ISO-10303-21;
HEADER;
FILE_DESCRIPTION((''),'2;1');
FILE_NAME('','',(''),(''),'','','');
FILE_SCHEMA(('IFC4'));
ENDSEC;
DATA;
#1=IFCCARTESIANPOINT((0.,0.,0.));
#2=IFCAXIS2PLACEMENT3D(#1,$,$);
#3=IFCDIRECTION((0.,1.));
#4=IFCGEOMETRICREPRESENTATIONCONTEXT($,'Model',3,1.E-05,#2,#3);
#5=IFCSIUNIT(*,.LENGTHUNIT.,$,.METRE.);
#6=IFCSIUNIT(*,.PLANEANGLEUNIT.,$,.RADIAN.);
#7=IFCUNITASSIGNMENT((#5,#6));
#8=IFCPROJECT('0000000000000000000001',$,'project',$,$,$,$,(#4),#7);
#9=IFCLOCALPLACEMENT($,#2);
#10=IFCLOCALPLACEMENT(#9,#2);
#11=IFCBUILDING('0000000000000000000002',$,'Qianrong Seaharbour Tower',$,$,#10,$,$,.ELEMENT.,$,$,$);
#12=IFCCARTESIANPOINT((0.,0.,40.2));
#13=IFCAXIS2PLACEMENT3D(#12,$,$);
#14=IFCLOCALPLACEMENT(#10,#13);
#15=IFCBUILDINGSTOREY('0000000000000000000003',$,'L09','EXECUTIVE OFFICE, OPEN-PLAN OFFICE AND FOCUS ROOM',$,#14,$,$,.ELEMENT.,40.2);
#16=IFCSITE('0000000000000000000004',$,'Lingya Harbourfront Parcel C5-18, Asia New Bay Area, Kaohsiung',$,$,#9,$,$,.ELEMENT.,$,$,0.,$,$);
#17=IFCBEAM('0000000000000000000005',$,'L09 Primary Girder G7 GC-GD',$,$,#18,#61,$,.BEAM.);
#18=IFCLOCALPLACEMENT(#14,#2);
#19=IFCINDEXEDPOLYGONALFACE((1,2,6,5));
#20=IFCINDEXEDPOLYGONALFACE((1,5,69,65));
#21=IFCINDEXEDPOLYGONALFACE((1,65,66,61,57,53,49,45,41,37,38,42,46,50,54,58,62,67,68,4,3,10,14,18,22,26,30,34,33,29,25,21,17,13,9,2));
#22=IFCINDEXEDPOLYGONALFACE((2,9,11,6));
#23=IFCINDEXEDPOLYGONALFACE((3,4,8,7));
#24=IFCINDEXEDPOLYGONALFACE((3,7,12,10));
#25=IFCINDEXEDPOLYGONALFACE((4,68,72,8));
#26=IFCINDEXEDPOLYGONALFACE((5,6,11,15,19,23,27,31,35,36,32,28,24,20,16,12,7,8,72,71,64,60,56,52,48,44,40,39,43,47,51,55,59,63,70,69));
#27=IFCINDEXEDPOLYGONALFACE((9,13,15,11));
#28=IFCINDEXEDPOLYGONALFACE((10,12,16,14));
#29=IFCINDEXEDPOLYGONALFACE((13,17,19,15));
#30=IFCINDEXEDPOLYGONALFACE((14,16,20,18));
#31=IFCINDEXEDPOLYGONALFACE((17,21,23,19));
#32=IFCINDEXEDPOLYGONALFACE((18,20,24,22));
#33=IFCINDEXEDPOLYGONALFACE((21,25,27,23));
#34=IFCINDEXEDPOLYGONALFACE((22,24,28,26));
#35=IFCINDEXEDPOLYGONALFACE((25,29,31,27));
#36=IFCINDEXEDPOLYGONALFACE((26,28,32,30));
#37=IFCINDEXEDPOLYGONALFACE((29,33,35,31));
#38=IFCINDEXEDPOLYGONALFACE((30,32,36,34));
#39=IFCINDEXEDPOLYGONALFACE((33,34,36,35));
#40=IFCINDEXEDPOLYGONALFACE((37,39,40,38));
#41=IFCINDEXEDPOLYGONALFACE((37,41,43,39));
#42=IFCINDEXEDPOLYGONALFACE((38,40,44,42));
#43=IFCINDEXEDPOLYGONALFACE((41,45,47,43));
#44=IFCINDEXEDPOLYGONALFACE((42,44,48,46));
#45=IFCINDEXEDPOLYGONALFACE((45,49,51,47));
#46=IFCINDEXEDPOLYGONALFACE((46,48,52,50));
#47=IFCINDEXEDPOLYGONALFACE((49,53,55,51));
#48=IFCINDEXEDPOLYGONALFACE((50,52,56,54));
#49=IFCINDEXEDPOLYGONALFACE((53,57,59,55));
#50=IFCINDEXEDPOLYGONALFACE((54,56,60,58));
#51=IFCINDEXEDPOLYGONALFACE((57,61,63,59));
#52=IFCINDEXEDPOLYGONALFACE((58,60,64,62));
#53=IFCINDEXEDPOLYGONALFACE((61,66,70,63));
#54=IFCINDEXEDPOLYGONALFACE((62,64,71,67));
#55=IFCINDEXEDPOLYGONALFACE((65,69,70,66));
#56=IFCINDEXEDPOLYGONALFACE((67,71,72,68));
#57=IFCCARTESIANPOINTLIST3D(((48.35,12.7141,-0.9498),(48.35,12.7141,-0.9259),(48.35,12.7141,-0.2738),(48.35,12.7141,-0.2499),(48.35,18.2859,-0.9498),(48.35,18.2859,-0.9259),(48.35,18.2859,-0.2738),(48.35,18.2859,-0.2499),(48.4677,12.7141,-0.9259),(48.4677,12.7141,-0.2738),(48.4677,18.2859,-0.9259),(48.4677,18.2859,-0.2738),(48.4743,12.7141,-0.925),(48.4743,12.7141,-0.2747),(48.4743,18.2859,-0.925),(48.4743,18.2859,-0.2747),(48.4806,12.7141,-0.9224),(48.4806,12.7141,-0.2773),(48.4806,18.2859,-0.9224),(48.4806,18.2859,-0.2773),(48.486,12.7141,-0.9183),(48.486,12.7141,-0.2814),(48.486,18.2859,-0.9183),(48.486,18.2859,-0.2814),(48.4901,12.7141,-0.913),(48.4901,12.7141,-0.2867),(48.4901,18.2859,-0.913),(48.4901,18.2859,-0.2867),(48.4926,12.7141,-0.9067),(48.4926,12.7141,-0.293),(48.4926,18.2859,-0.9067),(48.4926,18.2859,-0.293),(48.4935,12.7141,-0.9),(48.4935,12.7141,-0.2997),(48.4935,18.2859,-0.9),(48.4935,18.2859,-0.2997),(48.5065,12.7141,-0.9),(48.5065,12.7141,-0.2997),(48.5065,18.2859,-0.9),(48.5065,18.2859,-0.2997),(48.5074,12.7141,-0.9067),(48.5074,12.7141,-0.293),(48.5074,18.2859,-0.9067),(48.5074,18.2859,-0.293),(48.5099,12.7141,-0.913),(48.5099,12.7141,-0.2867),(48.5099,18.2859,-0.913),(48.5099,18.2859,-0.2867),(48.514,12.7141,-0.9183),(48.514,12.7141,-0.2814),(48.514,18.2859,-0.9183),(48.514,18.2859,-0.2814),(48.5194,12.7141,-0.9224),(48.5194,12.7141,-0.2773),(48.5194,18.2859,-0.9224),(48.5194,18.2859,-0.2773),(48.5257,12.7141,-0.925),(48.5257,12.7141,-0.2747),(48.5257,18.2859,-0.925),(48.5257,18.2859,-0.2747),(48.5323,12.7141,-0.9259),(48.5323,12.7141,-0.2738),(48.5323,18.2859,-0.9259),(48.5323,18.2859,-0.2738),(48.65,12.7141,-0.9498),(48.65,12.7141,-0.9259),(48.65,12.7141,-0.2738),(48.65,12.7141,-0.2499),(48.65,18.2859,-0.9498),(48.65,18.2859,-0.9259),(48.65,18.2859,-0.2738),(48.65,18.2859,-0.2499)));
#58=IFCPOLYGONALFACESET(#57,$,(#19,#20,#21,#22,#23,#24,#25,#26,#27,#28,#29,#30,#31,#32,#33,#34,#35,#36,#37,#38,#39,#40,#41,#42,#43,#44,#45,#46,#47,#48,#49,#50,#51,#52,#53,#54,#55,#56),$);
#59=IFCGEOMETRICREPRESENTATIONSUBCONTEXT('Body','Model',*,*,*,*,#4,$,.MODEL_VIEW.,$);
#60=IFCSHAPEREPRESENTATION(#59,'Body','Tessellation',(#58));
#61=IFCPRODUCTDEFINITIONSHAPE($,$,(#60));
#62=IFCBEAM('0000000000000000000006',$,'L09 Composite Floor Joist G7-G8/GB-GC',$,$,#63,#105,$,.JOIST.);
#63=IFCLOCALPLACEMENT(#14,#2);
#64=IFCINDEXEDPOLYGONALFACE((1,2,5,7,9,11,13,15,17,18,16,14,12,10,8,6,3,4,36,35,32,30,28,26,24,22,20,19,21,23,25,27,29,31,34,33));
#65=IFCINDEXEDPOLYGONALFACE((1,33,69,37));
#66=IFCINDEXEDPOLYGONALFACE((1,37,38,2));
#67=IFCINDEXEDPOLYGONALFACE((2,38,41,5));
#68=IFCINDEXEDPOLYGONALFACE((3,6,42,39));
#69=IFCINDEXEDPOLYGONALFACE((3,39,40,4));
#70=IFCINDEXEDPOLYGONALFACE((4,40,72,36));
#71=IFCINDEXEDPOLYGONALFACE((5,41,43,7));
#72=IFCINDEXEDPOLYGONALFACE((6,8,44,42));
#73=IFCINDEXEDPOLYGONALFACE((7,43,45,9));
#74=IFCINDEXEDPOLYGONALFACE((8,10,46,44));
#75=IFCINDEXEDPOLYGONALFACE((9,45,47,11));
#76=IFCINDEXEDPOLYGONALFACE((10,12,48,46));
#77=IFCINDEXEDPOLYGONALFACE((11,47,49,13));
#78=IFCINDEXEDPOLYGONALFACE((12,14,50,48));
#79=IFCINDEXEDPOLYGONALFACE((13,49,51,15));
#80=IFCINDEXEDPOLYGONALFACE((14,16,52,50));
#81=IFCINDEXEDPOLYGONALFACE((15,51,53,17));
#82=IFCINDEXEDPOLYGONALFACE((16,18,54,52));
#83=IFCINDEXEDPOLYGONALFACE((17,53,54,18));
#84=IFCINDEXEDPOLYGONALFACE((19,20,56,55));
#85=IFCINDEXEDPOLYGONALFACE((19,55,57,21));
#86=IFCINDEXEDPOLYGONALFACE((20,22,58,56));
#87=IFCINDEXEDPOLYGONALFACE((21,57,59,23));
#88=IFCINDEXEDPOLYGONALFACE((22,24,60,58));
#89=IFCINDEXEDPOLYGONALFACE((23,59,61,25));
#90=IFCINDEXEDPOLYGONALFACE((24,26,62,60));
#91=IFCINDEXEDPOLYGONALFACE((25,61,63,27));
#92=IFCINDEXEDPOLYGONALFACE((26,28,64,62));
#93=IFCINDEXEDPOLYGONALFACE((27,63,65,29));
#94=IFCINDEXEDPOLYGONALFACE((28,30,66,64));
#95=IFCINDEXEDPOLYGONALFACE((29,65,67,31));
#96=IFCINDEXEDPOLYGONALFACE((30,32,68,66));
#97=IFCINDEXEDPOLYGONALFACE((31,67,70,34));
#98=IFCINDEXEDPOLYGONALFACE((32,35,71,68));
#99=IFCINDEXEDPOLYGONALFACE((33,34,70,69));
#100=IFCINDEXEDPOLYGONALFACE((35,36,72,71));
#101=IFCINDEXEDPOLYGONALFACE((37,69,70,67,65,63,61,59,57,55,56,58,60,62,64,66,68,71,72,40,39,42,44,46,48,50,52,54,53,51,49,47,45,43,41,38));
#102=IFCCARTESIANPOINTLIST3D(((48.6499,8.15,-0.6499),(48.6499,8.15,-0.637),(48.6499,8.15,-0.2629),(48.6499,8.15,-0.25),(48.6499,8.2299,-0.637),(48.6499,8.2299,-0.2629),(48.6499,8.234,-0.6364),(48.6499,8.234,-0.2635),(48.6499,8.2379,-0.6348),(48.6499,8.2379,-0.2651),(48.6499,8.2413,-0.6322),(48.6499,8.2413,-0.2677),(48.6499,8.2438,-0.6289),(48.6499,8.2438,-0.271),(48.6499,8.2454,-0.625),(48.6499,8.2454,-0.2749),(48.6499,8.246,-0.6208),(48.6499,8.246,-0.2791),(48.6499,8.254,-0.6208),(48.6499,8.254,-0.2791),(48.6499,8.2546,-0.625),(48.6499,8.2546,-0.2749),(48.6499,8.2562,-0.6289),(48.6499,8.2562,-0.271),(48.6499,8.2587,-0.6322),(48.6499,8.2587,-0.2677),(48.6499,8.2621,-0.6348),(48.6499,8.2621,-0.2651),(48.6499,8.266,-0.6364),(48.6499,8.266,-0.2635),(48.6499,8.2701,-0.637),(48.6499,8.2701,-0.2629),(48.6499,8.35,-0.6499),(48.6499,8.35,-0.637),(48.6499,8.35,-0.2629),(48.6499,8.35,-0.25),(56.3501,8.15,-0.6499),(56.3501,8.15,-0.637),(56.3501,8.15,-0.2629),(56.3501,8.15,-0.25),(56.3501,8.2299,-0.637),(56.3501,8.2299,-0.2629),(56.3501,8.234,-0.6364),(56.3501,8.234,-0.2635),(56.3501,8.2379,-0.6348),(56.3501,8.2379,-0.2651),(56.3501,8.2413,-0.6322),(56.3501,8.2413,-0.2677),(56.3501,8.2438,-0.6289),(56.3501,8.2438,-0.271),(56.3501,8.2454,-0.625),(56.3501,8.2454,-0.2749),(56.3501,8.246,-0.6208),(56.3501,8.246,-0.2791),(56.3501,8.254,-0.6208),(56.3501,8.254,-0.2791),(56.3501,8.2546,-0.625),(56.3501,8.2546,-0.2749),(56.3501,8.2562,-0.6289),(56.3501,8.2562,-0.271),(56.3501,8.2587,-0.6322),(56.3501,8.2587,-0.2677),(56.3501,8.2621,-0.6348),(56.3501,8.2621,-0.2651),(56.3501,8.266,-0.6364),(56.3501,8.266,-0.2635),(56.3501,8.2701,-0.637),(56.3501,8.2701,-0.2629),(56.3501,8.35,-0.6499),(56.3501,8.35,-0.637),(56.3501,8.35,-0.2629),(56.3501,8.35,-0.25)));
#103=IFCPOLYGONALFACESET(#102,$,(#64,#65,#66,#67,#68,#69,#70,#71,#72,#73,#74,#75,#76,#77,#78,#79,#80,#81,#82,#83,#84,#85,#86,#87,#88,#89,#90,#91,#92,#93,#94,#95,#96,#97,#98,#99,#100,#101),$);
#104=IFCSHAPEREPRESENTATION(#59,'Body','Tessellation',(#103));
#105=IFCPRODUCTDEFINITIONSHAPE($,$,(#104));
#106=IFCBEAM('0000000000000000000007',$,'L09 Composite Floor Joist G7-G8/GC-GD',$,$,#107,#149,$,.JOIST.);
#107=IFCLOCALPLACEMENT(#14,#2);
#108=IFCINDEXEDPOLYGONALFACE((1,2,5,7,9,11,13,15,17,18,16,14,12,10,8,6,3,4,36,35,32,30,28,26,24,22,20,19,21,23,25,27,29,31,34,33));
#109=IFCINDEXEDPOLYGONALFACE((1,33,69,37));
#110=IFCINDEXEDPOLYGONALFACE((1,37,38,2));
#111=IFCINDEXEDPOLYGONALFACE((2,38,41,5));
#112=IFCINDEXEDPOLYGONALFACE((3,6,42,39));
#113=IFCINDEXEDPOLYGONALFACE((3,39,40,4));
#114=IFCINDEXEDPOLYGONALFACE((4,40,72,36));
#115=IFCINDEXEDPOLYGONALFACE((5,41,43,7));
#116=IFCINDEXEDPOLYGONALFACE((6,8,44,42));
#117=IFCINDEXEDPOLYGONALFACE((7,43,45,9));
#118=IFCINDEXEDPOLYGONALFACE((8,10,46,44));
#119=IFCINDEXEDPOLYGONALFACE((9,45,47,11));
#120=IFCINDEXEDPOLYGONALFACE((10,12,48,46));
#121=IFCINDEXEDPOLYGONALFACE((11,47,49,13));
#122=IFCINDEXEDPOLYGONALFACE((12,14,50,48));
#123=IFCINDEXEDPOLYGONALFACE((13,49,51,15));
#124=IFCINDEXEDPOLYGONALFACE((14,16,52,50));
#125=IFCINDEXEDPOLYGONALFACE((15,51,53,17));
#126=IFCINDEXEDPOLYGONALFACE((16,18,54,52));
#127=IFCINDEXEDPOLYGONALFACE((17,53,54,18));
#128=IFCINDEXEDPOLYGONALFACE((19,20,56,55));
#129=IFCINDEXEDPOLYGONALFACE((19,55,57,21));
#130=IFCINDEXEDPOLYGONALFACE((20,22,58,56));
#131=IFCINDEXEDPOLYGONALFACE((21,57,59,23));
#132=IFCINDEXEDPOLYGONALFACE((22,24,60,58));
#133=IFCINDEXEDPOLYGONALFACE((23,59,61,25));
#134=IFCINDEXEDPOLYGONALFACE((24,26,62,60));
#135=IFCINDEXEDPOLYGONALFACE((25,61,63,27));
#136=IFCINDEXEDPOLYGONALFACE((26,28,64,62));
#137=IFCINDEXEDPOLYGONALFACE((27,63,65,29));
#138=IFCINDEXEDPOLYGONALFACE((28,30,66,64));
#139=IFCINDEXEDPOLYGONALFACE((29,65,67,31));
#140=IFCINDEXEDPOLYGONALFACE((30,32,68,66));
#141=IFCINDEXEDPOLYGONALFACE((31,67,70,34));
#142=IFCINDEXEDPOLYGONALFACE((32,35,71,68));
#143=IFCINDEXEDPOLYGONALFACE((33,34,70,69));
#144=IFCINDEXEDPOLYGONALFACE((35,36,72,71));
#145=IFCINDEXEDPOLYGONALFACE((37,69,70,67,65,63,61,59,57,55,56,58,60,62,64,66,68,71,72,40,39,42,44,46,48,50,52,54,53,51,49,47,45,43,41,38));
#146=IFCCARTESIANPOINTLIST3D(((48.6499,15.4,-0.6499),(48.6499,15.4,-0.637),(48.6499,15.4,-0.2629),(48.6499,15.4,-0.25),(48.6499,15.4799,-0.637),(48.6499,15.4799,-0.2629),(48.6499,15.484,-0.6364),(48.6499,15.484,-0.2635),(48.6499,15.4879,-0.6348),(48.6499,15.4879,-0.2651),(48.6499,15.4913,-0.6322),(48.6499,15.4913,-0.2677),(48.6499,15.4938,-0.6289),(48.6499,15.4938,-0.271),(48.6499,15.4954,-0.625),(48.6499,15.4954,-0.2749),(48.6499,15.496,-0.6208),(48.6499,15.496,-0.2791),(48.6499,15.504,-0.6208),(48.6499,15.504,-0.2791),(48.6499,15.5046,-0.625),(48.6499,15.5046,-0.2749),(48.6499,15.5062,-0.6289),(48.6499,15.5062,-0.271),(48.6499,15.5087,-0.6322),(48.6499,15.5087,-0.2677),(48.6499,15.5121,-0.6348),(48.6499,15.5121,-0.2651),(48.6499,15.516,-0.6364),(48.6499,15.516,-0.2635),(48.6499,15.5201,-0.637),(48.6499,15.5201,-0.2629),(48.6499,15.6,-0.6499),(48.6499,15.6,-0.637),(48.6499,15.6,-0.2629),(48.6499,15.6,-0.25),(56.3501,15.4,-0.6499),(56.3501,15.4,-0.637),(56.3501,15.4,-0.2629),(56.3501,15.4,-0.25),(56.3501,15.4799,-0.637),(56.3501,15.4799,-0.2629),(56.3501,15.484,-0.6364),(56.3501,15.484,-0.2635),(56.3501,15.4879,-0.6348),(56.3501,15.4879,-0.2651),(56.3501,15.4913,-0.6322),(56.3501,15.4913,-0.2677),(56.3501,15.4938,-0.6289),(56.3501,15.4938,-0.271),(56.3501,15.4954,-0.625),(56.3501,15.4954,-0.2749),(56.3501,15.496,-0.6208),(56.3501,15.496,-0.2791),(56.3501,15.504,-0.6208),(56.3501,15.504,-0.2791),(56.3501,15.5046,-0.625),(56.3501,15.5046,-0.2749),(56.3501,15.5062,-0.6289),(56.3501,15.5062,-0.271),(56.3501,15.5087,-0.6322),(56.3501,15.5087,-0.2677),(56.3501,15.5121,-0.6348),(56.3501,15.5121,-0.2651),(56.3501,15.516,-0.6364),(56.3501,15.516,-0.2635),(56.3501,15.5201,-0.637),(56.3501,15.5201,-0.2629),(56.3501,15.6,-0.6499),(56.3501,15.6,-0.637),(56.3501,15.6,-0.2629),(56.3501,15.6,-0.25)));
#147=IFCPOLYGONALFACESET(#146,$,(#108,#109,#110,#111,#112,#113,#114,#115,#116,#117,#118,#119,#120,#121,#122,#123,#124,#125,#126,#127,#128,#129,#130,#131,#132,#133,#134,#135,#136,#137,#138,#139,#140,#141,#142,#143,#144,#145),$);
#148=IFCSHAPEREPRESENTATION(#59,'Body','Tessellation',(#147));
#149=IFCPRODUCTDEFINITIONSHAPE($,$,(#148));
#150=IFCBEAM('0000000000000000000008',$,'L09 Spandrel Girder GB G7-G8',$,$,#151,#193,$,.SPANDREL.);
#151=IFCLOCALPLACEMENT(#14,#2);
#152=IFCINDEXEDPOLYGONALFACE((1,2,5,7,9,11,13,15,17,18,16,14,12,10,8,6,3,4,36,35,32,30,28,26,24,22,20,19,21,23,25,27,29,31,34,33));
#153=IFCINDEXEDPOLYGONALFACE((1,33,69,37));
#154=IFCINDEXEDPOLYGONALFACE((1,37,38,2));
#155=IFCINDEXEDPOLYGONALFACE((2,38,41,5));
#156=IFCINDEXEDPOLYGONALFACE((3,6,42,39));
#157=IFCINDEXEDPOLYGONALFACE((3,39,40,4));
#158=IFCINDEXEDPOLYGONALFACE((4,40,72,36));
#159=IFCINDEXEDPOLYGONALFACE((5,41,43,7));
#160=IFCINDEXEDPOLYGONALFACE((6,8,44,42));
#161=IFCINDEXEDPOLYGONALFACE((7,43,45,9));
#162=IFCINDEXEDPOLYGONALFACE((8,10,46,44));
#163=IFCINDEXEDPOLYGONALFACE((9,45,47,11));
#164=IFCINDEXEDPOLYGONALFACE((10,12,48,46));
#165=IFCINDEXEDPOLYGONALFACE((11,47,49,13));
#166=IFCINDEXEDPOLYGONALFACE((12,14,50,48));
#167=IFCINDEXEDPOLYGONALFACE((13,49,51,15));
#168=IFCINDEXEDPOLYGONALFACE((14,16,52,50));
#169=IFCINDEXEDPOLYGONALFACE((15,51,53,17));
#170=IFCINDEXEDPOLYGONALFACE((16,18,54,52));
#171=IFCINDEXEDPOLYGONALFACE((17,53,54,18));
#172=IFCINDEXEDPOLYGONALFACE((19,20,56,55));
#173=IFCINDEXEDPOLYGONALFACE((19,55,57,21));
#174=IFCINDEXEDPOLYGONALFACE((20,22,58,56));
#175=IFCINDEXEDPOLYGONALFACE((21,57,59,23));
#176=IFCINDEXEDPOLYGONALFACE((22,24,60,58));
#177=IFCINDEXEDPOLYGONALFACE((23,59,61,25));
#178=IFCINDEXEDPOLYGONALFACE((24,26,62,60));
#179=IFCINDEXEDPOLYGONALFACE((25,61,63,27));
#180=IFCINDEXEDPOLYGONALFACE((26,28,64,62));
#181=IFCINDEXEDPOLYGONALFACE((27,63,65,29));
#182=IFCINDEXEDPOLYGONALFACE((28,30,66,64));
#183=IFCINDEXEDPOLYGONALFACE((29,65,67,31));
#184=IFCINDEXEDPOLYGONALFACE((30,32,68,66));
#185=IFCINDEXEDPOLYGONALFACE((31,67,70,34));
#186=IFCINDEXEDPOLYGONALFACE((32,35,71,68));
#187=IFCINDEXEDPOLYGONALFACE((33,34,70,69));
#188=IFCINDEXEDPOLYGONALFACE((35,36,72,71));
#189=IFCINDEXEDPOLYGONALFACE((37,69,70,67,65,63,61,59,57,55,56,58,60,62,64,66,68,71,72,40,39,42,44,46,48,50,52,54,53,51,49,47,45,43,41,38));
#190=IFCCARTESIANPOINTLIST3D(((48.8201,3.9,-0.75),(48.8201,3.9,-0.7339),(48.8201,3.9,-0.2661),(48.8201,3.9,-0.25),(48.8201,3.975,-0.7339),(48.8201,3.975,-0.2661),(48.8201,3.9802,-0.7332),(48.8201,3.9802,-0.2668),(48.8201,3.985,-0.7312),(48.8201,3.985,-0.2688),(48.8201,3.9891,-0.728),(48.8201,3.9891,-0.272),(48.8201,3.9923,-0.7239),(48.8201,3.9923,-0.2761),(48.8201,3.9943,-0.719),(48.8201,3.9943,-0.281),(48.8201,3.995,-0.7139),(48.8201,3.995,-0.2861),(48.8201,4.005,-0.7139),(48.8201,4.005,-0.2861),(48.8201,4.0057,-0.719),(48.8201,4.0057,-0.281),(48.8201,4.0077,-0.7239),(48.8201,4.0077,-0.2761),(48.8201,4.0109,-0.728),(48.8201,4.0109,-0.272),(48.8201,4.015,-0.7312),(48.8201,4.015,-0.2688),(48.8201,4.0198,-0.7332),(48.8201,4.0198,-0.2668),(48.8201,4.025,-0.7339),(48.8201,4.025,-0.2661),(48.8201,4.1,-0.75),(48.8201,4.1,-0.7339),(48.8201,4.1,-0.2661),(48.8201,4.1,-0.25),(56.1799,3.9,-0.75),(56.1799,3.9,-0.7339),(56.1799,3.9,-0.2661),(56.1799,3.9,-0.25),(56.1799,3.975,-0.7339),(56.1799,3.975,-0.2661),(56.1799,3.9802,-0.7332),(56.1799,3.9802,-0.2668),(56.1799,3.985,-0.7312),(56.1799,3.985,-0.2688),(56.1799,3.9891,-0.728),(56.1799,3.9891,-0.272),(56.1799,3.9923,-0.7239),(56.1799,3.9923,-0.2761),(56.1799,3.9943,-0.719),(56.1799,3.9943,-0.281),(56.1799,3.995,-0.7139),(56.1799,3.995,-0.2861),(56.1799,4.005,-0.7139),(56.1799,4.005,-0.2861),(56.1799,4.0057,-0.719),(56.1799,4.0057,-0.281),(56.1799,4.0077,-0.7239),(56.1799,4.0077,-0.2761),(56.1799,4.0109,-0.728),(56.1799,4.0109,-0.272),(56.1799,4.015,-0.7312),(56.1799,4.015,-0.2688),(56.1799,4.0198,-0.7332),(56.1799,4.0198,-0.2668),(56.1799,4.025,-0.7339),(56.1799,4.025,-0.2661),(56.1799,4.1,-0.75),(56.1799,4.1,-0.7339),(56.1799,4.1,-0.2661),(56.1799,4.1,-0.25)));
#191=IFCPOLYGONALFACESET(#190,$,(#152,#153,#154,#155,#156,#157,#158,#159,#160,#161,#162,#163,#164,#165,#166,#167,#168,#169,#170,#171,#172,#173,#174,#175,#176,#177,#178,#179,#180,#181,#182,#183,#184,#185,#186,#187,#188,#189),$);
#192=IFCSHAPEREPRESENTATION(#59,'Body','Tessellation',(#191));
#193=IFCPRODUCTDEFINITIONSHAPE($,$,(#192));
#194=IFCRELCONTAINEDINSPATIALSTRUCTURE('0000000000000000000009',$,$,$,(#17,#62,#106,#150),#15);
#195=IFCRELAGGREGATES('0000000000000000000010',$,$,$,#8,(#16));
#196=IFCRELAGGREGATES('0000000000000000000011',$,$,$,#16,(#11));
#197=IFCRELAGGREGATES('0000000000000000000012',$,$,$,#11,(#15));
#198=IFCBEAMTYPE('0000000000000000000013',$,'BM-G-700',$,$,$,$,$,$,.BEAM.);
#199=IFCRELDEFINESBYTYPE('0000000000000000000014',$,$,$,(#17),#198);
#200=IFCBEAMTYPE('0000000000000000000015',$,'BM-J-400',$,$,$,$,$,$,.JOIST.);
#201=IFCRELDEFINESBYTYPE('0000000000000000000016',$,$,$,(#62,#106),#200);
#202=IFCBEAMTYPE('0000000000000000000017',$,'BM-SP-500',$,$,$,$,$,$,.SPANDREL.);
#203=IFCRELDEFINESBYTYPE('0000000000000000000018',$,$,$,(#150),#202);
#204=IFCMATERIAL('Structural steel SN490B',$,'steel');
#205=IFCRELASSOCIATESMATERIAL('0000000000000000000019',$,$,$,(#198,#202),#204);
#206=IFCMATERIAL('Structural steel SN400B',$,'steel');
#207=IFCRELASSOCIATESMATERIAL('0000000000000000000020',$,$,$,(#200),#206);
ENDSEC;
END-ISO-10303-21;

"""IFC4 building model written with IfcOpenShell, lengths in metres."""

from ifc_helpers import new_model, si_unit, direction, frame, origin, origin_2d, place, context, subcontext, project, spatial, i_section, extrude, material, material_profile, profile_set, type_object, element, save


model = new_model("IFC4")

# Units and contexts
model_context = context("Model", 3, precision=1e-05, world=origin(), true_north=direction((0.0, 1.0)))
body_context = subcontext(model_context, "Body", "Model", "MODEL_VIEW")
ifc_project = project(units=[si_unit("LENGTHUNIT", "METRE"), si_unit("PLANEANGLEUNIT", "RADIAN")], contexts=[model_context])

# Site, building, storey
site_placement = place(None, origin())
site = spatial("IfcSite", under=ifc_project, at=site_placement, Name="Lingya Harbourfront Parcel C5-18, Asia New Bay Area, Kaohsiung", CompositionType="ELEMENT", RefElevation=0.0)
building_placement = place(site_placement, origin())
building = spatial("IfcBuilding", under=site, at=building_placement, Name="Qianrong Seaharbour Tower", CompositionType="ELEMENT")
storey_placement = place(building_placement, frame((0.0, 0.0, 40.2)))
storey = spatial("IfcBuildingStorey", under=building, at=storey_placement, Name="L09", Description="EXECUTIVE OFFICE, OPEN-PLAN OFFICE AND FOCUS ROOM", CompositionType="ELEMENT", Elevation=40.2)

# Shared definitions
ifc_material_1 = material(Name="Structural steel SN490B", Category="steel")

# Beams
ifc_material_profile_1 = material_profile(ifc_material_1, i_section(OverallWidth=0.3, OverallDepth=0.7, WebThickness=0.0129, FlangeThickness=0.0239, FilletRadius=0.0259, at=origin_2d()), Name="H700x300x13x24")
ifc_profile_set_1 = profile_set([ifc_material_profile_1], Name="Structural steel SN490B")
beam_type_1 = type_object("IfcBeamType", Name="BM-G-700", PredefinedType="BEAM", material=ifc_profile_set_1)
beam_1_placement = place(storey_placement, frame((48.5, 12.7141, -0.5999), z_axis=(0.0, 1.0, 0.0), x_axis=(-1.0, 0.0, 0.0)))
element("IfcBeam", 1, at=beam_1_placement, inside=storey, type_object=beam_type_1, Name="L09 Primary Girder G7 GC-GD", PredefinedType="BEAM", context=body_context, shape_type="SweptSolid", body=[
    extrude(i_section(OverallWidth=0.3, OverallDepth=0.7, WebThickness=0.0129, FlangeThickness=0.0239, FilletRadius=0.0259, at=origin_2d()), origin(), (0.0, 0.0, 1.0), 5.5718),
])
ifc_material_2 = material(Name="Structural steel SN400B", Category="steel")
ifc_material_profile_2 = material_profile(ifc_material_2, i_section(OverallWidth=0.2, OverallDepth=0.3999, WebThickness=0.0081, FlangeThickness=0.0129, FilletRadius=0.0161, at=origin_2d()), Name="H400x200x8x13")
ifc_profile_set_2 = profile_set([ifc_material_profile_2], Name="Structural steel SN400B")
beam_type_2 = type_object("IfcBeamType", Name="BM-J-400", PredefinedType="JOIST", material=ifc_profile_set_2)
for number, where, z_axis, x_axis, name in (
    (2, (48.6499, 8.25, -0.45), (1.0, 0.0, 0.0), (0.0, 1.0, 0.0), "L09 Composite Floor Joist G7-G8/GB-GC"),
    (3, (48.6499, 15.5, -0.45), (1.0, 0.0, 0.0), (0.0, 1.0, 0.0), "L09 Composite Floor Joist G7-G8/GC-GD"),
):
    element("IfcBeam", number, at=place(storey_placement, frame(where, z_axis=z_axis, x_axis=x_axis)), inside=storey, type_object=beam_type_2, Name=name, PredefinedType="JOIST", context=body_context, shape_type="SweptSolid", body=[
        extrude(i_section(OverallWidth=0.2, OverallDepth=0.3999, WebThickness=0.0081, FlangeThickness=0.0129, FilletRadius=0.0161, at=origin_2d()), origin(), (0.0, 0.0, 1.0), 7.7002),
    ])
ifc_material_profile_3 = material_profile(ifc_material_1, i_section(OverallWidth=0.2, OverallDepth=0.5, WebThickness=0.01, FlangeThickness=0.0161, FilletRadius=0.02, at=origin_2d()), Name="H500x200x10x16")
ifc_profile_set_3 = profile_set([ifc_material_profile_3], Name="Structural steel SN490B")
beam_type_3 = type_object("IfcBeamType", Name="BM-SP-500", PredefinedType="SPANDREL", material=ifc_profile_set_3)
beam_2_placement = place(storey_placement, frame((48.8201, 4.0, -0.5), z_axis=(1.0, 0.0, 0.0), x_axis=(0.0, 1.0, 0.0)))
element("IfcBeam", 4, at=beam_2_placement, inside=storey, type_object=beam_type_3, Name="L09 Spandrel Girder GB G7-G8", PredefinedType="SPANDREL", context=body_context, shape_type="SweptSolid", body=[
    extrude(i_section(OverallWidth=0.2, OverallDepth=0.5, WebThickness=0.01, FlangeThickness=0.0161, FilletRadius=0.02, at=origin_2d()), origin(), (0.0, 0.0, 1.0), 7.3599),
])

save(model, "model.ifc")
